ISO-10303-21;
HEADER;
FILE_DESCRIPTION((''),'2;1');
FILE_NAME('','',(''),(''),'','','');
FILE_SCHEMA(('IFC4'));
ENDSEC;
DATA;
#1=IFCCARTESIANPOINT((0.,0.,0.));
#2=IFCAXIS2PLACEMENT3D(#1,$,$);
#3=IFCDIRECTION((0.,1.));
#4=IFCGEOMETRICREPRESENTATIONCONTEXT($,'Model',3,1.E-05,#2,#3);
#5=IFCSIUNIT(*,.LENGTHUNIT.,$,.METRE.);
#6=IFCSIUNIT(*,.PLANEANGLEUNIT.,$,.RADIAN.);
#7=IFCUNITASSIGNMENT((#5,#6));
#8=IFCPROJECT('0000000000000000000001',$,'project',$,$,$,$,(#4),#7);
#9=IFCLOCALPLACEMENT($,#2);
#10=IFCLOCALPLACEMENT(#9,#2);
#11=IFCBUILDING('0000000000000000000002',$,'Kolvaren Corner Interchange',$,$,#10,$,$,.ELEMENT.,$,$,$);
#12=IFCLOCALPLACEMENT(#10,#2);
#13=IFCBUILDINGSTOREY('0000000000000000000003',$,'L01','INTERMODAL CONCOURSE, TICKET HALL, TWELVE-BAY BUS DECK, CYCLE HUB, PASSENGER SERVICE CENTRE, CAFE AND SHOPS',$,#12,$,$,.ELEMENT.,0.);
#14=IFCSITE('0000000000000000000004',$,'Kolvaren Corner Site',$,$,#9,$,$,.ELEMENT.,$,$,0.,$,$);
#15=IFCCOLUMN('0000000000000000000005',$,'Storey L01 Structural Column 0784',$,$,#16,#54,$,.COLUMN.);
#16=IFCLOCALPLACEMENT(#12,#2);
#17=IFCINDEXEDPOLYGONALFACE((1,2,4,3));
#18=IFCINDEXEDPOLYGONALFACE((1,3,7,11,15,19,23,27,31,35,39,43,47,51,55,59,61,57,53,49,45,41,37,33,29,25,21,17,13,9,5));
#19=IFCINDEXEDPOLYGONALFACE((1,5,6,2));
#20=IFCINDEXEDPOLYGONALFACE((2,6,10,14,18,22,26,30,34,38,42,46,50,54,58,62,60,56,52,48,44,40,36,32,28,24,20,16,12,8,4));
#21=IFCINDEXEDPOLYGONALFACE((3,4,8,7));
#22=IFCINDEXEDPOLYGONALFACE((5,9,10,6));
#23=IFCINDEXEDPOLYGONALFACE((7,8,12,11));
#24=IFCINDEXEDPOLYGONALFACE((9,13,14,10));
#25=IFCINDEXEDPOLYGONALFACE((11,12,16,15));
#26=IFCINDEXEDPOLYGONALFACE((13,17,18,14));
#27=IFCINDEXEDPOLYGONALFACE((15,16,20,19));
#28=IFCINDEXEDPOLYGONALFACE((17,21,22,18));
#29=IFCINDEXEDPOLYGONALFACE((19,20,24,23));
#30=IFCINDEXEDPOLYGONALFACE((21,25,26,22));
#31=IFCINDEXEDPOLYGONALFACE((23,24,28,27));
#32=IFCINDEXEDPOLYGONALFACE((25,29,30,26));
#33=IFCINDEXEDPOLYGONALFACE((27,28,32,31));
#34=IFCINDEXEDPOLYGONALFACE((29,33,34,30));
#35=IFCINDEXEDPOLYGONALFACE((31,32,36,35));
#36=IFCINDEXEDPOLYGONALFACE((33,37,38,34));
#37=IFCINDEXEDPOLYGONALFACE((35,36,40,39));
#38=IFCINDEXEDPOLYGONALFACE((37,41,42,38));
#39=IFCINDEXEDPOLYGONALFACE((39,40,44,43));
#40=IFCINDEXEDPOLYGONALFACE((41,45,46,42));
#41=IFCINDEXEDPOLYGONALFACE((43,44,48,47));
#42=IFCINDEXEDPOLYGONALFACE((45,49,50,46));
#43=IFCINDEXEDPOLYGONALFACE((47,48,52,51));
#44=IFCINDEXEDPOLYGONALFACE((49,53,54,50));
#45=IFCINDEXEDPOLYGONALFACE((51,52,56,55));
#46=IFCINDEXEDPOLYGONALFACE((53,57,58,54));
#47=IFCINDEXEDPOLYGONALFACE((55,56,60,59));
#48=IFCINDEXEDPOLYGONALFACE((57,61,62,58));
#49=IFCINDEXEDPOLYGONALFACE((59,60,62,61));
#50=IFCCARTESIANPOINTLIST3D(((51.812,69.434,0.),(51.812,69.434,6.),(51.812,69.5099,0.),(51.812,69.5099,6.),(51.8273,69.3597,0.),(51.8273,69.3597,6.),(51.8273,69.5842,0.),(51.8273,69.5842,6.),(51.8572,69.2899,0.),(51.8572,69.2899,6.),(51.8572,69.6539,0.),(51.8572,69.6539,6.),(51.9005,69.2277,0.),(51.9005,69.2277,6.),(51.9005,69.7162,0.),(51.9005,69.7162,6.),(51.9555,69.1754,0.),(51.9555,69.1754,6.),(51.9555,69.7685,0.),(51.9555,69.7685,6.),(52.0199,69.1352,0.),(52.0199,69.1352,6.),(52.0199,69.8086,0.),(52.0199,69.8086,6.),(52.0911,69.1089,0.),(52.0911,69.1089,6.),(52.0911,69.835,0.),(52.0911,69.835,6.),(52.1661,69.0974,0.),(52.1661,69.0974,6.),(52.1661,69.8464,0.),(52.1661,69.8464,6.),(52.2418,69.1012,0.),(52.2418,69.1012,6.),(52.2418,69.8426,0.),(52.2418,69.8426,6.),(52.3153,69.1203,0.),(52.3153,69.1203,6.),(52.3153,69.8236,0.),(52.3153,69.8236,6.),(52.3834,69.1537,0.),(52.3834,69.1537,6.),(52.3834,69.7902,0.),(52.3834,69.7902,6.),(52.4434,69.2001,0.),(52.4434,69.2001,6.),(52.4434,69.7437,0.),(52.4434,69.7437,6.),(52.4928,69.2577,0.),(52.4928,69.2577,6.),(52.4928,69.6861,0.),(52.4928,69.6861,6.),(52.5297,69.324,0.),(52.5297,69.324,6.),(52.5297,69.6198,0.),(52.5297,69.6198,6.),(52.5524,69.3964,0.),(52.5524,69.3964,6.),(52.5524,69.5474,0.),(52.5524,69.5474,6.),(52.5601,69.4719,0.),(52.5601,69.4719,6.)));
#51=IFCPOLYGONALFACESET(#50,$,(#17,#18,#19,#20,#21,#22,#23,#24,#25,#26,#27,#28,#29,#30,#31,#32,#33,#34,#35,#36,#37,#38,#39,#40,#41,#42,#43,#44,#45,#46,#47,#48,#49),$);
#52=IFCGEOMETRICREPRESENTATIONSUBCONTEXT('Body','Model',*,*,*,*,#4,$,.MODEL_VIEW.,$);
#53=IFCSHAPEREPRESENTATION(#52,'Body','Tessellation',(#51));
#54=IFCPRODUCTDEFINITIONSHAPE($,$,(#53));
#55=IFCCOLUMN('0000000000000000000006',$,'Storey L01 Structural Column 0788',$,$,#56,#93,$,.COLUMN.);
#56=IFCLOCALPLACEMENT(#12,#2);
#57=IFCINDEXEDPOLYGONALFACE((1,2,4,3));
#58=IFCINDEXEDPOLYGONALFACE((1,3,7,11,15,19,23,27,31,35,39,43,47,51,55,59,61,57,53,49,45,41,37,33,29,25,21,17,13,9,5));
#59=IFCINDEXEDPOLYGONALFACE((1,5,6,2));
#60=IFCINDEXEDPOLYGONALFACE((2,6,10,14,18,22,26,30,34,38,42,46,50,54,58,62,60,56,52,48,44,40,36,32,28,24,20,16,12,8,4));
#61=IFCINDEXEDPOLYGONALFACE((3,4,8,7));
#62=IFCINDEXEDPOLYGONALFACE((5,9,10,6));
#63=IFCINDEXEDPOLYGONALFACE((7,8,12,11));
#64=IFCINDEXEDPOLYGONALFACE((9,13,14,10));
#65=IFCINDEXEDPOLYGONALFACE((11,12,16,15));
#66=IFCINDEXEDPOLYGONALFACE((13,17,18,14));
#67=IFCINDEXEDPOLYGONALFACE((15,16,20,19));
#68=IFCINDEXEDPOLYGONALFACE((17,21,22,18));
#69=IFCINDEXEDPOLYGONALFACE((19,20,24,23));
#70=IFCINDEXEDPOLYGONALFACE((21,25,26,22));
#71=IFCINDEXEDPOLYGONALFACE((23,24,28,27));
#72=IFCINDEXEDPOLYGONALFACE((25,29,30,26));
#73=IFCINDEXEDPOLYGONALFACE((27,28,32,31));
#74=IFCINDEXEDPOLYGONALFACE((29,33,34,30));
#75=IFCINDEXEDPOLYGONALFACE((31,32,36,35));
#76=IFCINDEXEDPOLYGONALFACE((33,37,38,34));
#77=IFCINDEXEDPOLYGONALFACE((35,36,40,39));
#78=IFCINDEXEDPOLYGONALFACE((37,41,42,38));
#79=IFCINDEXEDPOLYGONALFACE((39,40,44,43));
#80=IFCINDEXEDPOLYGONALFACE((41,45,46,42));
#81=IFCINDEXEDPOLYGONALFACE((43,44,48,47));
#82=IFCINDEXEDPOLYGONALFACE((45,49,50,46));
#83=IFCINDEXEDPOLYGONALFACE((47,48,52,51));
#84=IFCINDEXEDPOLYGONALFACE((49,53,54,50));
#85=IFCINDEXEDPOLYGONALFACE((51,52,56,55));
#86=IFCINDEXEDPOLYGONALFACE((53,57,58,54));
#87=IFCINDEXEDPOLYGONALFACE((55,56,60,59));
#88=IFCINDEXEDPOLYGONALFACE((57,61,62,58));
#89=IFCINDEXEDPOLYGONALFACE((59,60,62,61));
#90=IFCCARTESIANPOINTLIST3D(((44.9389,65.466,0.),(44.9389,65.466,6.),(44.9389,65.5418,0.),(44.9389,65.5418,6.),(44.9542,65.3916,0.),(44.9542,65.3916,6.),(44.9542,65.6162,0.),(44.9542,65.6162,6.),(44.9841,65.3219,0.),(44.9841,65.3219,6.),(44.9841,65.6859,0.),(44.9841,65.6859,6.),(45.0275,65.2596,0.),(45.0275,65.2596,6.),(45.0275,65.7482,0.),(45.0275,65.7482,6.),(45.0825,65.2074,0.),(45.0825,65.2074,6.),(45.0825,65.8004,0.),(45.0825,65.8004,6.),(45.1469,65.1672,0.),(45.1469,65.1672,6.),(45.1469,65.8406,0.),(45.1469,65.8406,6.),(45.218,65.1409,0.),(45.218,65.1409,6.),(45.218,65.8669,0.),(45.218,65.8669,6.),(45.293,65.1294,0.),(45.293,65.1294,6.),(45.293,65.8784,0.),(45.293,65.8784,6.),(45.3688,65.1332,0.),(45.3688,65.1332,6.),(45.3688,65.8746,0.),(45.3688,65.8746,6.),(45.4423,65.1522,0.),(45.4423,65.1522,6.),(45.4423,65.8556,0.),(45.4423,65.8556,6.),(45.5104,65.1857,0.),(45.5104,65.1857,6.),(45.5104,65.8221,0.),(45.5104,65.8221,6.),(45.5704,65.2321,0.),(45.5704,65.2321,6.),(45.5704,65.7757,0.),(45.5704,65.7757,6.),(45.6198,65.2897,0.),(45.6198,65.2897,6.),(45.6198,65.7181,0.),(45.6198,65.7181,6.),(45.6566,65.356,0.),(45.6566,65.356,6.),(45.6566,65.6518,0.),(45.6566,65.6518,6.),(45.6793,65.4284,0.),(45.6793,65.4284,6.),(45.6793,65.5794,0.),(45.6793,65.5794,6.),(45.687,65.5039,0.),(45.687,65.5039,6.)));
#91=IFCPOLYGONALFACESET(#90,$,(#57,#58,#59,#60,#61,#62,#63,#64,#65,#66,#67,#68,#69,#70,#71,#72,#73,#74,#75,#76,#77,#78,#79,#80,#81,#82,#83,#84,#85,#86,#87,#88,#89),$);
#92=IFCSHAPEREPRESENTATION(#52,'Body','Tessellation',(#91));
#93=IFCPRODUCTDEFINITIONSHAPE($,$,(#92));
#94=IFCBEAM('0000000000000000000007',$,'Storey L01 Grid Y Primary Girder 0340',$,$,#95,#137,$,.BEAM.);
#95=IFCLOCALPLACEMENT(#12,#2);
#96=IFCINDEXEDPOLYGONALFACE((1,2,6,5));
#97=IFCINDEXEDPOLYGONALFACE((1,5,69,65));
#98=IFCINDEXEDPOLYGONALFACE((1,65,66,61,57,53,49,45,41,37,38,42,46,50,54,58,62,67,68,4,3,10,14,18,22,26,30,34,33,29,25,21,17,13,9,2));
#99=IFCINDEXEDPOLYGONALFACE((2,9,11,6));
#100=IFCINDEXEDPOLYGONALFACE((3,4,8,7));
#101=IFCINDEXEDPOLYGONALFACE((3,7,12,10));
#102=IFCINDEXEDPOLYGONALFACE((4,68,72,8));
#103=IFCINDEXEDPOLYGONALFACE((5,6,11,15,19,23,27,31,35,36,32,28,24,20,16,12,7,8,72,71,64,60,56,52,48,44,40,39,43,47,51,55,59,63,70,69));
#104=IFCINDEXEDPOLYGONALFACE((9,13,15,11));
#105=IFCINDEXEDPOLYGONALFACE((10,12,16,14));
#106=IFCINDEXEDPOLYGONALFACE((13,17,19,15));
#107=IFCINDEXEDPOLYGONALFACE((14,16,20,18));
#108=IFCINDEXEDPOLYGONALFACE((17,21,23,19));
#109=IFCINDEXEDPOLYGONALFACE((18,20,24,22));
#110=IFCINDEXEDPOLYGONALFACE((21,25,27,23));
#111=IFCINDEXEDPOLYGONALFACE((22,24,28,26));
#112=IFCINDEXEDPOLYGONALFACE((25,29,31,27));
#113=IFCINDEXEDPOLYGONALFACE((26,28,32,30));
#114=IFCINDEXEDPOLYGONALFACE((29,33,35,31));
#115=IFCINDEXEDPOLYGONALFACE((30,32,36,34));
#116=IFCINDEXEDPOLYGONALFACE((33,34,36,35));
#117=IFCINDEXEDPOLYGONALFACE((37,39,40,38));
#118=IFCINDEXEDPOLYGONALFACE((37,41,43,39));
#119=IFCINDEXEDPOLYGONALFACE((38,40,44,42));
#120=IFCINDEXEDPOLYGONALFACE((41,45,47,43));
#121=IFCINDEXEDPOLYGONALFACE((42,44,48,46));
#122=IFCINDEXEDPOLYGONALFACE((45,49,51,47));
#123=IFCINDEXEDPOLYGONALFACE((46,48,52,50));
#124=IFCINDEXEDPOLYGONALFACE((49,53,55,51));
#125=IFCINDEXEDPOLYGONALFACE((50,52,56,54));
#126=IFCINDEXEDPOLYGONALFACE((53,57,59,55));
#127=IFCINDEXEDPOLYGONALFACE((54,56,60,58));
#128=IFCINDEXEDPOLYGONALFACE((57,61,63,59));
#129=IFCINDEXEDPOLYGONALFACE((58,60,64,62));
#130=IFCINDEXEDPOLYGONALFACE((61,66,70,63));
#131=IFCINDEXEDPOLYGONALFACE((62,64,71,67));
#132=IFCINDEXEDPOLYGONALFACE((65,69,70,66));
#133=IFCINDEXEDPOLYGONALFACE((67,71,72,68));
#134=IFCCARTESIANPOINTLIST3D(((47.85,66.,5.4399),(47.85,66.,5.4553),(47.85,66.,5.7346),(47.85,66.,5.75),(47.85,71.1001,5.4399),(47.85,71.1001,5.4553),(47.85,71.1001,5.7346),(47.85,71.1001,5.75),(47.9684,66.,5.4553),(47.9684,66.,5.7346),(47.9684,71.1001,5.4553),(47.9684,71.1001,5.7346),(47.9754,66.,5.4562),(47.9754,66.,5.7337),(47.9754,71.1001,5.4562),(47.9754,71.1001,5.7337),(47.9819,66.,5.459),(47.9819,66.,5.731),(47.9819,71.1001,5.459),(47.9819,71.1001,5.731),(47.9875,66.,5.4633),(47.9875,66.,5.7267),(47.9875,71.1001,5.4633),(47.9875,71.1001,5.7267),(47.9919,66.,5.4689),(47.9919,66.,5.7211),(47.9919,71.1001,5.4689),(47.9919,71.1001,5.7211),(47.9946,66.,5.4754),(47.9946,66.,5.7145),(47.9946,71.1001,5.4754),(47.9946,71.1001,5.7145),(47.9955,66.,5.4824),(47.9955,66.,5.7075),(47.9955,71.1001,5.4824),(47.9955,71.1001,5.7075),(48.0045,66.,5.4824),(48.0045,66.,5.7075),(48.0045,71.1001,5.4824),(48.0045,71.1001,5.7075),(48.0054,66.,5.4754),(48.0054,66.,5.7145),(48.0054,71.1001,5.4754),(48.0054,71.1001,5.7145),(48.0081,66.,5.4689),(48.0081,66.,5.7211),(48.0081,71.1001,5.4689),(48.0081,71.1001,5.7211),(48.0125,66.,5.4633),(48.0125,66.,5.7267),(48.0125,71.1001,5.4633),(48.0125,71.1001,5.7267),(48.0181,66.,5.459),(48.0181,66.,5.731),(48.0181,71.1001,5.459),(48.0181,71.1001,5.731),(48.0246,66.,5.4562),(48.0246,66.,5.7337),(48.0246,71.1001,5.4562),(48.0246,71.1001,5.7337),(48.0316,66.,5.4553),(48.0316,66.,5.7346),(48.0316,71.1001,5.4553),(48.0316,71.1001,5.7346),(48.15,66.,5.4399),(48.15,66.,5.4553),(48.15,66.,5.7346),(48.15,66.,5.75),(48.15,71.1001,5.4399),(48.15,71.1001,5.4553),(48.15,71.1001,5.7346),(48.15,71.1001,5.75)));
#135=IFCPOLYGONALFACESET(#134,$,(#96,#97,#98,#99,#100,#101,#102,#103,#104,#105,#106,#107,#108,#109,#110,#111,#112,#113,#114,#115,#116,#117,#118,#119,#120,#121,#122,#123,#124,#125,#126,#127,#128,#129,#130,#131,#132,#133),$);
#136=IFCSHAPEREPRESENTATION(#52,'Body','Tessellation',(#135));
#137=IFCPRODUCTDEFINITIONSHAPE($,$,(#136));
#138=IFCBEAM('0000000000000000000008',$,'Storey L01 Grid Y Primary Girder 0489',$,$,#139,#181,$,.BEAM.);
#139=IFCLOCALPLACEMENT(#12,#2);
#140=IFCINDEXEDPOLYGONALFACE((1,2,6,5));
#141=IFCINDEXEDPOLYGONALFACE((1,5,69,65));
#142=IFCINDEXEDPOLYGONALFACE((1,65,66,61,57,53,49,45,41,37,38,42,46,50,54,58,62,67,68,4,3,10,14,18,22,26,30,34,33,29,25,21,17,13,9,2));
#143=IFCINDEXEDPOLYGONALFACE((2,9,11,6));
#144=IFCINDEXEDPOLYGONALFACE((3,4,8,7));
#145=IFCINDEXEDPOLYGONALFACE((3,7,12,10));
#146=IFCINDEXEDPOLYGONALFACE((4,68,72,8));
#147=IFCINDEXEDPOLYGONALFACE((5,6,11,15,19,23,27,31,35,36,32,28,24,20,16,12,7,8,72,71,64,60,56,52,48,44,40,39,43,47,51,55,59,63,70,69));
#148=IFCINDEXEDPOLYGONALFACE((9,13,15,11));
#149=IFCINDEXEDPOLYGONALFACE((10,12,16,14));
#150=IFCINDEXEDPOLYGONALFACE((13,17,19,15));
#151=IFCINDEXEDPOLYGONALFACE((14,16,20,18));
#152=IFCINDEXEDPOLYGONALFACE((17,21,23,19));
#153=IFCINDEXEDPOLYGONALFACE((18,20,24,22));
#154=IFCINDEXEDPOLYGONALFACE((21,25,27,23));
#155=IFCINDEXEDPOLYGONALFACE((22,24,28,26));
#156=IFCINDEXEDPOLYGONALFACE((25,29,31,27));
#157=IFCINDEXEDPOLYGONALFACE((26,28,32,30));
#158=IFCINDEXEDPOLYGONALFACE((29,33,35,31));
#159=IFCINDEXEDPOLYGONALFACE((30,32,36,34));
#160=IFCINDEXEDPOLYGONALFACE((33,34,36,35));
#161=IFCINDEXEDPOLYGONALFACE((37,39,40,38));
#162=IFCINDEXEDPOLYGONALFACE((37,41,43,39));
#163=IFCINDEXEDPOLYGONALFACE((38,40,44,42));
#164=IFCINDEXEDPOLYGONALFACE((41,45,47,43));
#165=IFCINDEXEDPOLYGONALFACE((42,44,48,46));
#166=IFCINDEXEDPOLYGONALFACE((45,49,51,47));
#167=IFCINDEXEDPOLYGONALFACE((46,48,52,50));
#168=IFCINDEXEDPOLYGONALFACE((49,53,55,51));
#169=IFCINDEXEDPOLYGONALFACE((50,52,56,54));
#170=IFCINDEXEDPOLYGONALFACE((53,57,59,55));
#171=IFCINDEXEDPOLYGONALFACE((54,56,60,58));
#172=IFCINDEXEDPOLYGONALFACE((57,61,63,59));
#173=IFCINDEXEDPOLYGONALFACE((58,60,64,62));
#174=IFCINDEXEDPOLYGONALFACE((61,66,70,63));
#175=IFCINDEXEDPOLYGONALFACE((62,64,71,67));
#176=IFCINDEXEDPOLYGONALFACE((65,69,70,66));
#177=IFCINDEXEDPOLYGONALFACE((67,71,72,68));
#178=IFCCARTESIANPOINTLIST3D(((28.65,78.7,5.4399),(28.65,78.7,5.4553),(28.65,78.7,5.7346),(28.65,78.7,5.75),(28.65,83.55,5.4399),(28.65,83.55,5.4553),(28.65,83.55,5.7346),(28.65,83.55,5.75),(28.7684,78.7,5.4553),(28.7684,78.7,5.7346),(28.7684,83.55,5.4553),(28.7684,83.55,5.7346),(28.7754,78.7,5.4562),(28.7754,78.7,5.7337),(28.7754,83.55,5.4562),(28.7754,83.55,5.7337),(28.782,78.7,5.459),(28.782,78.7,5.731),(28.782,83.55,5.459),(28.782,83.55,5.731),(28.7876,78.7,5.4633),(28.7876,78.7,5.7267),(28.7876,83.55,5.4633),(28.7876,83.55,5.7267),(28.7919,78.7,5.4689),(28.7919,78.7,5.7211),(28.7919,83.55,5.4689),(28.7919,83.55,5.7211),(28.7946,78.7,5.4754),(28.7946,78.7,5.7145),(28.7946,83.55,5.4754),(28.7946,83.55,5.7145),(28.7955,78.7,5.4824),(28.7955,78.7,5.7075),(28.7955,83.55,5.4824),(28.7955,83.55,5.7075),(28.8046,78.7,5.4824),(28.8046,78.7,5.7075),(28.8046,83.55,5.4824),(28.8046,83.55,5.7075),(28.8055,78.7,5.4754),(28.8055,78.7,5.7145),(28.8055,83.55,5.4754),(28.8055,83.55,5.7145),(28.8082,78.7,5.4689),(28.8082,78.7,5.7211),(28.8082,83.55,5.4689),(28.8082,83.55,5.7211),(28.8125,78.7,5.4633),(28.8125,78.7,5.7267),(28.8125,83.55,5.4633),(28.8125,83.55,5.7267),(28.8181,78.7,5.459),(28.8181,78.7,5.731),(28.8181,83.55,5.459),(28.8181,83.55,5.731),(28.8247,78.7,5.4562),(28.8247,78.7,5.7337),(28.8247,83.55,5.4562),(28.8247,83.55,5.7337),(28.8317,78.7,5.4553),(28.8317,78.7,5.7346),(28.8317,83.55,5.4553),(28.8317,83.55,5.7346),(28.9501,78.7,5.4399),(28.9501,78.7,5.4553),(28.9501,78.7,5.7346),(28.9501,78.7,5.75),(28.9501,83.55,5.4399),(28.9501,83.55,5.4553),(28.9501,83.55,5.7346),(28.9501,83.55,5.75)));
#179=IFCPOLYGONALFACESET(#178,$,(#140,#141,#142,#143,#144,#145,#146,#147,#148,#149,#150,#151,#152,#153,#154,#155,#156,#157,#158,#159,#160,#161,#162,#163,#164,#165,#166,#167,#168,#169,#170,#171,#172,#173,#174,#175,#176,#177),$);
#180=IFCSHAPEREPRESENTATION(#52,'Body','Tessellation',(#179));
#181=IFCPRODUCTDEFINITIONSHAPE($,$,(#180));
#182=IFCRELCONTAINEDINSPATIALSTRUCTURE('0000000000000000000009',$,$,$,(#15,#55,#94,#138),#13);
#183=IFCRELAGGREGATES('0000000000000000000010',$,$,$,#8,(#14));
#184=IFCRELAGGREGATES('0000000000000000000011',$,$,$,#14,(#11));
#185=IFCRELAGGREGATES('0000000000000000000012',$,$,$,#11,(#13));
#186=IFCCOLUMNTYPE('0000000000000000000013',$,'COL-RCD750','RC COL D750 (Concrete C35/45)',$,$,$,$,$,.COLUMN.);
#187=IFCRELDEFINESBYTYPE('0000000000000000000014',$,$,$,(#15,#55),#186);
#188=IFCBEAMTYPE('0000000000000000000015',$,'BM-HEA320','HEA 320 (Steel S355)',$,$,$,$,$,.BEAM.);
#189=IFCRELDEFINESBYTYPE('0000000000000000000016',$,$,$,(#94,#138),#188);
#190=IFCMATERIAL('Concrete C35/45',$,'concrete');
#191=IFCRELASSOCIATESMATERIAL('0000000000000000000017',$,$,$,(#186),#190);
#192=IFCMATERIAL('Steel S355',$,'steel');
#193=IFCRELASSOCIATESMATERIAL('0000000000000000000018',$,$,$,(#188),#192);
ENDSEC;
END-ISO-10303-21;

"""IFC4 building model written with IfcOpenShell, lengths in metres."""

from ifc_helpers import new_model, si_unit, direction, frame, origin, origin_2d, place, context, subcontext, project, spatial, circle, i_section, extrude, material, material_profile, profile_set, type_object, element, save


model = new_model("IFC4")

# Units and contexts
model_context = context("Model", 3, precision=1e-05, world=origin(), true_north=direction((0.0, 1.0)))
body_context = subcontext(model_context, "Body", "Model", "MODEL_VIEW")
ifc_project = project(units=[si_unit("LENGTHUNIT", "METRE"), si_unit("PLANEANGLEUNIT", "RADIAN")], contexts=[model_context])

# Site, building, storey
site_placement = place(None, origin())
site = spatial("IfcSite", under=ifc_project, at=site_placement, Name="Kolvaren Corner Site", CompositionType="ELEMENT", RefElevation=0.0)
building_placement = place(site_placement, origin())
building = spatial("IfcBuilding", under=site, at=building_placement, Name="Kolvaren Corner Interchange", CompositionType="ELEMENT")
storey_placement = place(building_placement, origin())
storey = spatial("IfcBuildingStorey", under=building, at=storey_placement, Name="L01", Description="INTERMODAL CONCOURSE, TICKET HALL, TWELVE-BAY BUS DECK, CYCLE HUB, PASSENGER SERVICE CENTRE, CAFE AND SHOPS", CompositionType="ELEMENT", Elevation=0.0)

# Columns
ifc_material_1 = material(Name="Concrete C35/45", Category="concrete")
ifc_material_profile_1 = material_profile(ifc_material_1, circle(Radius=0.375, at=origin_2d()), Name="RC COL D750")
ifc_profile_set_1 = profile_set([ifc_material_profile_1], Name="Concrete C35/45")
column_type_1 = type_object("IfcColumnType", Name="COL-RCD750", Description="RC COL D750 (Concrete C35/45)", PredefinedType="COLUMN", material=ifc_profile_set_1)
for number, where, z_axis, x_axis, name in (
    (1, (52.1851, 69.4719, 0.0), (0.0, 0.0, 1.0), (1.0, 0.0, 0.0), "Storey L01 Structural Column 0784"),
    (2, (45.312, 65.5039, 0.0), (0.0, 0.0, 1.0), (1.0, 0.0, 0.0), "Storey L01 Structural Column 0788"),
):
    element("IfcColumn", number, at=place(storey_placement, frame(where, z_axis=z_axis, x_axis=x_axis)), inside=storey, type_object=column_type_1, Name=name, PredefinedType="COLUMN", context=body_context, shape_type="SweptSolid", body=[
        extrude(circle(Radius=0.375, at=origin_2d()), origin(), (0.0, 0.0, 1.0), 6.0),
    ])

# Beams
ifc_material_2 = material(Name="Steel S355", Category="steel")
ifc_material_profile_2 = material_profile(ifc_material_2, i_section(OverallWidth=0.3, OverallDepth=0.3101, WebThickness=0.009, FlangeThickness=0.0154, FilletRadius=0.0271, at=origin_2d()), Name="HEA 320")
ifc_profile_set_2 = profile_set([ifc_material_profile_2], Name="Steel S355")
beam_type_1 = type_object("IfcBeamType", Name="BM-HEA320", Description="HEA 320 (Steel S355)", PredefinedType="BEAM", material=ifc_profile_set_2)
beam_1_placement = place(storey_placement, frame((48.0, 66.0, 5.595), z_axis=(0.0, 1.0, 0.0), x_axis=(-1.0, 0.0, 0.0)))
element("IfcBeam", 3, at=beam_1_placement, inside=storey, type_object=beam_type_1, Name="Storey L01 Grid Y Primary Girder 0340", PredefinedType="BEAM", context=body_context, shape_type="SweptSolid", body=[
    extrude(i_section(OverallWidth=0.3, OverallDepth=0.3101, WebThickness=0.009, FlangeThickness=0.0154, FilletRadius=0.0271, at=origin_2d()), origin(), (0.0, 0.0, 1.0), 5.1001),
])
beam_2_placement = place(storey_placement, frame((28.8, 78.7, 5.595), z_axis=(0.0, 1.0, 0.0), x_axis=(-1.0, 0.0, 0.0)))
element("IfcBeam", 4, at=beam_2_placement, inside=storey, type_object=beam_type_1, Name="Storey L01 Grid Y Primary Girder 0489", PredefinedType="BEAM", context=body_context, shape_type="SweptSolid", body=[
    extrude(i_section(OverallWidth=0.3, OverallDepth=0.3101, WebThickness=0.009, FlangeThickness=0.0154, FilletRadius=0.0271, at=origin_2d()), origin(), (0.0, 0.0, 1.0), 4.8501),
])

save(model, "model.ifc")
